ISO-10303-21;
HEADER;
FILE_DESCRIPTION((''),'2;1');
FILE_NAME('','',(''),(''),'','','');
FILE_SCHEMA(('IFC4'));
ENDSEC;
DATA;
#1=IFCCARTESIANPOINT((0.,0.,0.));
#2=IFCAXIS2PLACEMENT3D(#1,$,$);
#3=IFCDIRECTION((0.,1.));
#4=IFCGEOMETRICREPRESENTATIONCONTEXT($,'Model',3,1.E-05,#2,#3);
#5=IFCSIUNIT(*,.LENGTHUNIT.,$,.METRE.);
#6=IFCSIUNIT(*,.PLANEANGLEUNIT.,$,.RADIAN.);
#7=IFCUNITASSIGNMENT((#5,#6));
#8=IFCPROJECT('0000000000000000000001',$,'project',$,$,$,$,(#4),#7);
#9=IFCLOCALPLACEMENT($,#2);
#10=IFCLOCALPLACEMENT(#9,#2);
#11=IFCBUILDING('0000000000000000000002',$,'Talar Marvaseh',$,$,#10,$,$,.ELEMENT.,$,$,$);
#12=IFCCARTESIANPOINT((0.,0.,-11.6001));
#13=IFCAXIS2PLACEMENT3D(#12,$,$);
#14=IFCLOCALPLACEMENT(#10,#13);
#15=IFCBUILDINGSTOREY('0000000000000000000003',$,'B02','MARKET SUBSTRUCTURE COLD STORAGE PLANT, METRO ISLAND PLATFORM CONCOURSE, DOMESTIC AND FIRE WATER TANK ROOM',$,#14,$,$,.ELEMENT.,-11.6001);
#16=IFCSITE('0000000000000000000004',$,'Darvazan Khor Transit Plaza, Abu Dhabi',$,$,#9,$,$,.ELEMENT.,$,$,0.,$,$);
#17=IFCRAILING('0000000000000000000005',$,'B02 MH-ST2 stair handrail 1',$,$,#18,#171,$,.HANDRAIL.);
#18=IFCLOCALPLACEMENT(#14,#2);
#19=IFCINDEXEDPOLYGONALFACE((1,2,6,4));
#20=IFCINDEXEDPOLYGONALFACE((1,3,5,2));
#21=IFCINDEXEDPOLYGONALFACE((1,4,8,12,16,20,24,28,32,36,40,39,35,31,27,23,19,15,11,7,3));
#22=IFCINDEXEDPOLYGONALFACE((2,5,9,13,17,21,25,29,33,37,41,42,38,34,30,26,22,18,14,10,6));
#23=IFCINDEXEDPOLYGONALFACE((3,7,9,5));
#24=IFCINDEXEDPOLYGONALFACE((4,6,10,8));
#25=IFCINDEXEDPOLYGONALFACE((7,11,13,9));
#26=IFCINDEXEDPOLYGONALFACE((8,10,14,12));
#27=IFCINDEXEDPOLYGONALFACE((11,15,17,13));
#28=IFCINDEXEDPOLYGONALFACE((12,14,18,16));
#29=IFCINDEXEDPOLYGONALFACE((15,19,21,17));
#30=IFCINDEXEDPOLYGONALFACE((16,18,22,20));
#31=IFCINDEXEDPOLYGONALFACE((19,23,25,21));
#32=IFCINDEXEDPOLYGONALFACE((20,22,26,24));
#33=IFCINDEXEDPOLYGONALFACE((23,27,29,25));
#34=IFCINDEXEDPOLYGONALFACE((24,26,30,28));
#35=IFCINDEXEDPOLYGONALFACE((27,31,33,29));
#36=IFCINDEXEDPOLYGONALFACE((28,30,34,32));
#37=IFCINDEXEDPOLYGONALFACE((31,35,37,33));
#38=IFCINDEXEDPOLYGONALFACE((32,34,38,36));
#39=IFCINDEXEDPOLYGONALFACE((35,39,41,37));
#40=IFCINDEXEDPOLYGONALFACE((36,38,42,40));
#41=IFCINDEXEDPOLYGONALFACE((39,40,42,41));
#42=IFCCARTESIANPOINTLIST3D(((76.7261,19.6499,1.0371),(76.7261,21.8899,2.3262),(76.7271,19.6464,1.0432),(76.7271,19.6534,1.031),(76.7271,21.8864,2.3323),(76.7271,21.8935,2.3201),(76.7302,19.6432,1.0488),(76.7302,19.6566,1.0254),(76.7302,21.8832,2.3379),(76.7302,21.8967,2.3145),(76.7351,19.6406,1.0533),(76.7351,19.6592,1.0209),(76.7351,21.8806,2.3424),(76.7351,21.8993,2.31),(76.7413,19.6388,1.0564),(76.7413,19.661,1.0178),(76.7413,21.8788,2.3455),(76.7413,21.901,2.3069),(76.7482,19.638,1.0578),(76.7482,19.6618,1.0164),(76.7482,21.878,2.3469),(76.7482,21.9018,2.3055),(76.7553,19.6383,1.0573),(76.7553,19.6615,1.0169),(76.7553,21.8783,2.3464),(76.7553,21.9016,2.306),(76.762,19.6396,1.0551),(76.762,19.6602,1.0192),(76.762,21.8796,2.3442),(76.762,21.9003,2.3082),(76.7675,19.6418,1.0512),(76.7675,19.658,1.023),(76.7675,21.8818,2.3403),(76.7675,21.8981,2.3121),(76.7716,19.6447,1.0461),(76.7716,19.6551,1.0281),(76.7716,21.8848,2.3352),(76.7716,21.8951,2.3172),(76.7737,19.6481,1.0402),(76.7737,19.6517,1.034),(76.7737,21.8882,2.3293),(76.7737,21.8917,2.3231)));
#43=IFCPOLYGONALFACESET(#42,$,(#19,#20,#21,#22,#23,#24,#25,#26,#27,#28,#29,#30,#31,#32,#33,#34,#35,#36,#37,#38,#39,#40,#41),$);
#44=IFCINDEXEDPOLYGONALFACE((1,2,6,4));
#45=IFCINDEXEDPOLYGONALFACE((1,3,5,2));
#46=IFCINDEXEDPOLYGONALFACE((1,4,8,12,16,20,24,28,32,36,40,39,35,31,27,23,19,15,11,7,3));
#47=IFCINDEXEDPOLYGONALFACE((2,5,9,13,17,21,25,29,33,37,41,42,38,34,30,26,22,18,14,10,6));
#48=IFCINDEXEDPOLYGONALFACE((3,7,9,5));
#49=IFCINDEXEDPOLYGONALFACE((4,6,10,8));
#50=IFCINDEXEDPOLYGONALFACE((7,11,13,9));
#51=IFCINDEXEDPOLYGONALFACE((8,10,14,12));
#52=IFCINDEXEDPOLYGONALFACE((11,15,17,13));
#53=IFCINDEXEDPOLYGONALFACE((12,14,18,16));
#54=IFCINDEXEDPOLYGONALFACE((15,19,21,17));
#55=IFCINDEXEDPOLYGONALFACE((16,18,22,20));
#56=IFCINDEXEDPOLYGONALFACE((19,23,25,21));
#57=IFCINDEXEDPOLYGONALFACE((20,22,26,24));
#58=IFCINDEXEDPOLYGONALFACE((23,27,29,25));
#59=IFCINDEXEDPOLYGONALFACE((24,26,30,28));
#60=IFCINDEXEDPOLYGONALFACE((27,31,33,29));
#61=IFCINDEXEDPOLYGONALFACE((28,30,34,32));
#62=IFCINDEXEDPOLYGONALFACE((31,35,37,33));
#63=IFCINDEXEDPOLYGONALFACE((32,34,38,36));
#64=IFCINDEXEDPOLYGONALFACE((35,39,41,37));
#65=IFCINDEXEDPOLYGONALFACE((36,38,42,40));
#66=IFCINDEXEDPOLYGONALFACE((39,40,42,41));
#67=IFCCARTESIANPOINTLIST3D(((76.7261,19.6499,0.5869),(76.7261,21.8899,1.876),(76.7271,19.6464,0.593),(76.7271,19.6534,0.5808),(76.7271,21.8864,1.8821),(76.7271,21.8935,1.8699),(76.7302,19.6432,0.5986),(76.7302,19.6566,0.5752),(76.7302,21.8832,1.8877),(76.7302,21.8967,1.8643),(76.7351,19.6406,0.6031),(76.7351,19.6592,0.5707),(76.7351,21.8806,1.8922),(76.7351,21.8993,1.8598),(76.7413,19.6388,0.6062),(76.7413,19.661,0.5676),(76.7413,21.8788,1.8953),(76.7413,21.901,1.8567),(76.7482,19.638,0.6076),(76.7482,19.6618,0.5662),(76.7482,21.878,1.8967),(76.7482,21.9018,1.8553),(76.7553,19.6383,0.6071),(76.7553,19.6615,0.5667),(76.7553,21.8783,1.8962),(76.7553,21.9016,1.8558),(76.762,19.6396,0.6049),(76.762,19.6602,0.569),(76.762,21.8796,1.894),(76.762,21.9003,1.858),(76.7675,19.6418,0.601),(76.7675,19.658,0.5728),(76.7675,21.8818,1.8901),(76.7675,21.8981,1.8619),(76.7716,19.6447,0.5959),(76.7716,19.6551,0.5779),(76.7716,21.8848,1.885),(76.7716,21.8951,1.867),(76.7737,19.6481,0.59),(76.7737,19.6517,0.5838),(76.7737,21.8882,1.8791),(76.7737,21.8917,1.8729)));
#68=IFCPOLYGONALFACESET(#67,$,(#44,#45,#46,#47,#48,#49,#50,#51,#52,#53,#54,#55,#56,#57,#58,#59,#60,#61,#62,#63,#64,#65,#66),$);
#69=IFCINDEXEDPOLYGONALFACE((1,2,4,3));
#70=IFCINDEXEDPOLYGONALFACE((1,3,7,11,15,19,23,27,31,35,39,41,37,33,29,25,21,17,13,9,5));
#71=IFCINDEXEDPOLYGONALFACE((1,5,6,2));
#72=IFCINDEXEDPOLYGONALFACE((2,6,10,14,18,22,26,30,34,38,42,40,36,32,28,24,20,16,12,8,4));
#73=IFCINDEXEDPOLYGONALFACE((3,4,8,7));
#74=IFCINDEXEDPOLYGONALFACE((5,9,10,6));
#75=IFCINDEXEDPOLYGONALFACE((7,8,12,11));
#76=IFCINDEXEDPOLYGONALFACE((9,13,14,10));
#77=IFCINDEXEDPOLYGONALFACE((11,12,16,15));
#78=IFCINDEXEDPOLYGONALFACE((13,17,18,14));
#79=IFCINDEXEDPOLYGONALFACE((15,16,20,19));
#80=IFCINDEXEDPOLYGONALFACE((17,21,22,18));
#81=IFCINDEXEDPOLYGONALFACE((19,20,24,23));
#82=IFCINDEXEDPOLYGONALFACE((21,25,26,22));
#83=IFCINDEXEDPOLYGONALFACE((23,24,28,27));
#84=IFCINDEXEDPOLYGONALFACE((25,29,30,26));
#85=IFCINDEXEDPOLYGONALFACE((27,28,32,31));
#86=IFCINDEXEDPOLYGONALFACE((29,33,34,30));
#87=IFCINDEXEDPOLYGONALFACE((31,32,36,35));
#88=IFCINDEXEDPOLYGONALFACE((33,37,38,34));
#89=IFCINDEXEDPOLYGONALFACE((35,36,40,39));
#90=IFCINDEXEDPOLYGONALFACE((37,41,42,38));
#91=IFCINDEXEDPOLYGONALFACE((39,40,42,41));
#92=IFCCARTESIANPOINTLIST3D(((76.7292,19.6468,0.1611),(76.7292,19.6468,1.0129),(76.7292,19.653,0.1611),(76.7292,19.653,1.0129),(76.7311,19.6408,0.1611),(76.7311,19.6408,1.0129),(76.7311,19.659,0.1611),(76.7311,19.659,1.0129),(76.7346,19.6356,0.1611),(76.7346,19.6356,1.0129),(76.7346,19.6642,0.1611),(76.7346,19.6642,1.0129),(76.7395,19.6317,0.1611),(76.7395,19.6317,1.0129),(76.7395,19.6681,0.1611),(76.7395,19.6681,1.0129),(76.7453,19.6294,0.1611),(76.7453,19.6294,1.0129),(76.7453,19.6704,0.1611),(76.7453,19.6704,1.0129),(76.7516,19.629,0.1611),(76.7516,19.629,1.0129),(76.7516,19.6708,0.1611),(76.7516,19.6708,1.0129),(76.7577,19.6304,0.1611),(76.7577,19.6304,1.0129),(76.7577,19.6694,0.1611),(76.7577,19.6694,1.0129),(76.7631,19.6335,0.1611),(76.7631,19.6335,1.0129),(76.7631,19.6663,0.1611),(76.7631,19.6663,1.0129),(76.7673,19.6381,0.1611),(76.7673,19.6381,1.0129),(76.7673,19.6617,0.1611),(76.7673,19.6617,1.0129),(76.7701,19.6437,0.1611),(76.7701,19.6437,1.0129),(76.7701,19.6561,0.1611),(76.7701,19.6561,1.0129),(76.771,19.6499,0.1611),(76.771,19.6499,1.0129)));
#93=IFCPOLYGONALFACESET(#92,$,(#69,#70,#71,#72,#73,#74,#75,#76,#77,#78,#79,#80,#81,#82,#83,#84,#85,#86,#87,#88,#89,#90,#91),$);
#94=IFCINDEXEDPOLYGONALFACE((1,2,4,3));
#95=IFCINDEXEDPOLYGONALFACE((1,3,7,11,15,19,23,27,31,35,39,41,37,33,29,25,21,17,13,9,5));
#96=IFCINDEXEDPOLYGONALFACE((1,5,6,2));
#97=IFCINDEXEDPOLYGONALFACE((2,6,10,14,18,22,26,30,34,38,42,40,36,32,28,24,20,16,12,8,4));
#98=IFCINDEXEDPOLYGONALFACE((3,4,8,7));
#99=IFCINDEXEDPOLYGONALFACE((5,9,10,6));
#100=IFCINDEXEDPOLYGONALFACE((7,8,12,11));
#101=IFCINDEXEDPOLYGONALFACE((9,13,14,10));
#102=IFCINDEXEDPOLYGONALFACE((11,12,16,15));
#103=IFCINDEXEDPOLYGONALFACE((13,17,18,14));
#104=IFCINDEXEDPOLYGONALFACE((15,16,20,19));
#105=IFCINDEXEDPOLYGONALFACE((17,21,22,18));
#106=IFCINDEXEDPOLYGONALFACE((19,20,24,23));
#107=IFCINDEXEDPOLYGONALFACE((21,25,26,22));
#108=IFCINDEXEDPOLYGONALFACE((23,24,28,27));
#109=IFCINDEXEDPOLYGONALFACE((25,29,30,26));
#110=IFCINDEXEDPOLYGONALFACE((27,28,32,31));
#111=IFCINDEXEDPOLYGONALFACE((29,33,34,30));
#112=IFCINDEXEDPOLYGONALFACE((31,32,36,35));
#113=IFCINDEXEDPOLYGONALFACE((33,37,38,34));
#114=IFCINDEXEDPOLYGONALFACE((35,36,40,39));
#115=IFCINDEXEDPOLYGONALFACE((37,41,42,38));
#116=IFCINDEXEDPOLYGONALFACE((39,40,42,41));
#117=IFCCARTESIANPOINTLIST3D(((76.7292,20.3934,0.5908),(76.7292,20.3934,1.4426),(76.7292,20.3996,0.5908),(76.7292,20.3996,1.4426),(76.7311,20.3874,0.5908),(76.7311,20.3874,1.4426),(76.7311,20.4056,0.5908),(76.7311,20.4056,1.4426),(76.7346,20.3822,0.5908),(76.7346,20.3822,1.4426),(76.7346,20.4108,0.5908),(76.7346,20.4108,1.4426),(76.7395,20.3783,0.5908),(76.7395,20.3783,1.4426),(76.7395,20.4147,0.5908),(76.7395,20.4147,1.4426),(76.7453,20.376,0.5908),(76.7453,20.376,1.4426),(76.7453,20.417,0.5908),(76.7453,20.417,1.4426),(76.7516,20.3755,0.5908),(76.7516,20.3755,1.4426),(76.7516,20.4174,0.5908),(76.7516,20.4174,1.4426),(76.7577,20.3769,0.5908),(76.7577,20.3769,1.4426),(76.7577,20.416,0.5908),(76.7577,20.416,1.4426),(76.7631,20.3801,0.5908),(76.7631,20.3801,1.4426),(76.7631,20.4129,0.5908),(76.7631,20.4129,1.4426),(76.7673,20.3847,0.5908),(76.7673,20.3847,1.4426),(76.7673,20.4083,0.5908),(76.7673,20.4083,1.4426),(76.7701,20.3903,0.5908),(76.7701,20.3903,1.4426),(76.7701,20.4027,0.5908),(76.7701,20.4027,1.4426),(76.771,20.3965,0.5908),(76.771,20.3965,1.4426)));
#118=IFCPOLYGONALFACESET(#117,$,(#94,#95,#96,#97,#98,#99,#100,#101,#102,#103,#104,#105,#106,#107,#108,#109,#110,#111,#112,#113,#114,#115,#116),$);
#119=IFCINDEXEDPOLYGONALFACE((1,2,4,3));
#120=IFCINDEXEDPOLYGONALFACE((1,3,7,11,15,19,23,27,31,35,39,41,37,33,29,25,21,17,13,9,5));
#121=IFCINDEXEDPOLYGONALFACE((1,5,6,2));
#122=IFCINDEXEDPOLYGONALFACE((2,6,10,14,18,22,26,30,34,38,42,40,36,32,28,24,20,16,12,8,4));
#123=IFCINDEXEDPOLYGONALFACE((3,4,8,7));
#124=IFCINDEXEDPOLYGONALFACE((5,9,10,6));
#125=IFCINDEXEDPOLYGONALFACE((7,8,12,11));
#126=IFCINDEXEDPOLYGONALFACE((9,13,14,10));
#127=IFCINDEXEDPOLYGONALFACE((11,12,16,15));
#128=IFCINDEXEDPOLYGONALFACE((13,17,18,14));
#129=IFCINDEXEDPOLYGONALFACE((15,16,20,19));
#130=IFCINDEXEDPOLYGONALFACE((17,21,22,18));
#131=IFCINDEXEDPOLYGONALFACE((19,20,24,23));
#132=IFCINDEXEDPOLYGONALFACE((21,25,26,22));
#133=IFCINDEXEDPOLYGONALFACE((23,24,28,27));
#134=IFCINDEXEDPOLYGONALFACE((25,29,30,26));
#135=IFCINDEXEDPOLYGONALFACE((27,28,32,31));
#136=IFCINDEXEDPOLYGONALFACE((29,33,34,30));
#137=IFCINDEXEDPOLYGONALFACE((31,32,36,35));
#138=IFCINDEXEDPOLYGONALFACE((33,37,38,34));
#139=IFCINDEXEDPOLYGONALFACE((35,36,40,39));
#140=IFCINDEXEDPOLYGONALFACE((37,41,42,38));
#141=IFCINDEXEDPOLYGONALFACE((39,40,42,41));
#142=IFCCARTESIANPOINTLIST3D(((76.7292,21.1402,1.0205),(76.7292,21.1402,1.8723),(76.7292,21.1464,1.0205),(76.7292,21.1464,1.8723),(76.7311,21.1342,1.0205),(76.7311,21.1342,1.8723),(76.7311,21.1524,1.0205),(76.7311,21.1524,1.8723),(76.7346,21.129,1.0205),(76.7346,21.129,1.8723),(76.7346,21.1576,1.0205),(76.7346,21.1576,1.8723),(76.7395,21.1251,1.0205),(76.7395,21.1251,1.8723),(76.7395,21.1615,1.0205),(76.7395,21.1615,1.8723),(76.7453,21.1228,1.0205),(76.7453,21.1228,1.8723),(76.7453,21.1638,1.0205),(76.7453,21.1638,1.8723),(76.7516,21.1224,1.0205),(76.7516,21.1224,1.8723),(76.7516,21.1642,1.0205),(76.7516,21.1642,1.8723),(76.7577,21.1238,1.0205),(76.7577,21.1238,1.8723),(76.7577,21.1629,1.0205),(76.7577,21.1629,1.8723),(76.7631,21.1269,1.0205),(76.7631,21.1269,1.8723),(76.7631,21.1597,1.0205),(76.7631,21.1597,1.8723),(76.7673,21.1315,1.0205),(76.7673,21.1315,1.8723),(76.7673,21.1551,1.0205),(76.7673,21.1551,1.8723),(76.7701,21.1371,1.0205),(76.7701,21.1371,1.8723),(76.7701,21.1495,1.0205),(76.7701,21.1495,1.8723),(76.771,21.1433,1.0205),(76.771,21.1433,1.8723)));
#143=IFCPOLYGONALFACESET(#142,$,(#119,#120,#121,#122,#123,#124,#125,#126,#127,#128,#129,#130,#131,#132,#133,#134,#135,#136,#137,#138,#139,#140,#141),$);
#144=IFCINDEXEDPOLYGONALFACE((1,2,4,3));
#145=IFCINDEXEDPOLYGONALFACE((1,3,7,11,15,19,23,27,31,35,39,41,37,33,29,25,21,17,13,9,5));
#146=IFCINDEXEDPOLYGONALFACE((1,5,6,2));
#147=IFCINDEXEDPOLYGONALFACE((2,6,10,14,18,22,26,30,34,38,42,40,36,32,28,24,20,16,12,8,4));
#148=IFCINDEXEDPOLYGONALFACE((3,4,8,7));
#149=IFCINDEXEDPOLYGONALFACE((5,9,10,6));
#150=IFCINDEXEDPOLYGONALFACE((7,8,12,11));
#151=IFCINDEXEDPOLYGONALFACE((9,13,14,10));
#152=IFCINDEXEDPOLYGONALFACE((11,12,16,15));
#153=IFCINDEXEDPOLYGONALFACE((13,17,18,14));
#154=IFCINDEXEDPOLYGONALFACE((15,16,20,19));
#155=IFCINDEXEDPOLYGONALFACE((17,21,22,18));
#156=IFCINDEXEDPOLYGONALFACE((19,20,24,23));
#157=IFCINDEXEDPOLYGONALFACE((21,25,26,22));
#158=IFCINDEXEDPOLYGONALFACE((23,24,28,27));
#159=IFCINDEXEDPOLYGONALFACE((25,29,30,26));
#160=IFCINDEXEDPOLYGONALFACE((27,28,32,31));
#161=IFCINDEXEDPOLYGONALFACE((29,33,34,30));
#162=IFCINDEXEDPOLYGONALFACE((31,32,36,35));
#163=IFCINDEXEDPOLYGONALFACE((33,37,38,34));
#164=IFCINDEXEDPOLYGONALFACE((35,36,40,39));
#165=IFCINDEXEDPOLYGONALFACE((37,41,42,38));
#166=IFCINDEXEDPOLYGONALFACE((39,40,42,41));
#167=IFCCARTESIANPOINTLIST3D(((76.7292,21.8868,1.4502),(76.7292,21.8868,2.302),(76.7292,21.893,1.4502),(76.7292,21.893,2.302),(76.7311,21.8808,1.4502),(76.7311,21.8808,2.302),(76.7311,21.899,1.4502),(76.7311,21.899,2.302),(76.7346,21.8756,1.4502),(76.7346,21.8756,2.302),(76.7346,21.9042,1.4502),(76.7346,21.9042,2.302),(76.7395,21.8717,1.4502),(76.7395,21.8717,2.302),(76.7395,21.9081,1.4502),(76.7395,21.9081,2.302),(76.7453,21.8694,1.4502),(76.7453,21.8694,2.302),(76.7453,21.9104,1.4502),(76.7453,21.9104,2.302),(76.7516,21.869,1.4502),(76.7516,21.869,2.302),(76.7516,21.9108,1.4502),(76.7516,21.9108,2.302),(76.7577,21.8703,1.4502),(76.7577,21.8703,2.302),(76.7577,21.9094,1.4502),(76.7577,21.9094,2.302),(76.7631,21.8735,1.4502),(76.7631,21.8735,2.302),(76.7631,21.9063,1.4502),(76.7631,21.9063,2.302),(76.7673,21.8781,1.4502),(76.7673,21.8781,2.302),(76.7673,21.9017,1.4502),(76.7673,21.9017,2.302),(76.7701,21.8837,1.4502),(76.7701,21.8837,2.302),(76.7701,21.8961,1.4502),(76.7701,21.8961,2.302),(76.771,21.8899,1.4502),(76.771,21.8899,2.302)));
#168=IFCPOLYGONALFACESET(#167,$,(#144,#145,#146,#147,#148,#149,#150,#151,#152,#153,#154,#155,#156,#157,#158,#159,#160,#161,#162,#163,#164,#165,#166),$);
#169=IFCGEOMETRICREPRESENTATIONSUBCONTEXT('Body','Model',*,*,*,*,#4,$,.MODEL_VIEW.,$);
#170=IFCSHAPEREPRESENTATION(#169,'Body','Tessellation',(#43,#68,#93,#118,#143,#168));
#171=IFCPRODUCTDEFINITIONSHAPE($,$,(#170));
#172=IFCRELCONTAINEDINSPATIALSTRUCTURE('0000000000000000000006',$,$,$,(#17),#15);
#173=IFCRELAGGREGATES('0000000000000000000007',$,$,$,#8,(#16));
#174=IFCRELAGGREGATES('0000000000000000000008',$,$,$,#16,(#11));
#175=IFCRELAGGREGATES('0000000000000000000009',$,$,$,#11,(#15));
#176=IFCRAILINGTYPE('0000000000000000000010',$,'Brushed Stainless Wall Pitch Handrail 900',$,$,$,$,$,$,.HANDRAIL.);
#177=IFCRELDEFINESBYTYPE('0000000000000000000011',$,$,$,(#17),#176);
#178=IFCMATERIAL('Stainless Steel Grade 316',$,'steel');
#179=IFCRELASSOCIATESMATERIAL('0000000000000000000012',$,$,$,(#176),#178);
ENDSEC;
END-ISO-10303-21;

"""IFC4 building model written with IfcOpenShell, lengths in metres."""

from ifc_helpers import new_model, si_unit, direction, frame, origin, origin_2d, place, context, subcontext, project, spatial, circle, extrude, material, type_object, element, save


model = new_model("IFC4")

# Units and contexts
model_context = context("Model", 3, precision=1e-05, world=origin(), true_north=direction((0.0, 1.0)))
body_context = subcontext(model_context, "Body", "Model", "MODEL_VIEW")
ifc_project = project(units=[si_unit("LENGTHUNIT", "METRE"), si_unit("PLANEANGLEUNIT", "RADIAN")], contexts=[model_context])

# Site, building, storey
site_placement = place(None, origin())
site = spatial("IfcSite", under=ifc_project, at=site_placement, Name="Darvazan Khor Transit Plaza, Abu Dhabi", CompositionType="ELEMENT", RefElevation=0.0)
building_placement = place(site_placement, origin())
building = spatial("IfcBuilding", under=site, at=building_placement, Name="Talar Marvaseh", CompositionType="ELEMENT")
storey_placement = place(building_placement, frame((0.0, 0.0, -11.6001)))
storey = spatial("IfcBuildingStorey", under=building, at=storey_placement, Name="B02", Description="MARKET SUBSTRUCTURE COLD STORAGE PLANT, METRO ISLAND PLATFORM CONCOURSE, DOMESTIC AND FIRE WATER TANK ROOM", CompositionType="ELEMENT", Elevation=-11.6001)

# Railing
ifc_material_1 = material(Name="Stainless Steel Grade 316", Category="steel")
railing_type_1 = type_object("IfcRailingType", Name="Brushed Stainless Wall Pitch Handrail 900", PredefinedType="HANDRAIL", material=ifc_material_1)
railing_1_placement = place(storey_placement, frame((76.75, 19.6499, 0.1611)))
element("IfcRailing", 1, at=railing_1_placement, inside=storey, type_object=railing_type_1, Name="B02 MH-ST2 stair handrail 1", PredefinedType="HANDRAIL", context=body_context, shape_type="SweptSolid", body=[
    extrude(circle(Radius=0.0239, at=origin_2d()), frame((0.0, 0.0, 0.876), z_axis=(0.0, 0.866728, 0.498782), x_axis=(-1.0, 0.0, 0.0)), (0.0, 0.0, 1.0), 2.5845),
    extrude(circle(Radius=0.0239, at=origin_2d()), frame((0.0, 0.0, 0.4258), z_axis=(0.0, 0.866728, 0.498782), x_axis=(-1.0, 0.0, 0.0)), (0.0, 0.0, 1.0), 2.5845),
    extrude(circle(Radius=0.021, at=origin_2d()), origin(), (0.0, 0.0, 1.0), 0.8518),
    extrude(circle(Radius=0.021, at=origin_2d()), frame((0.0, 0.7466, 0.4297)), (0.0, 0.0, 1.0), 0.8518),
    extrude(circle(Radius=0.021, at=origin_2d()), frame((0.0, 1.4934, 0.8594)), (0.0, 0.0, 1.0), 0.8518),
    extrude(circle(Radius=0.021, at=origin_2d()), frame((0.0, 2.24, 1.2891)), (0.0, 0.0, 1.0), 0.8518),
])

save(model, "model.ifc")
